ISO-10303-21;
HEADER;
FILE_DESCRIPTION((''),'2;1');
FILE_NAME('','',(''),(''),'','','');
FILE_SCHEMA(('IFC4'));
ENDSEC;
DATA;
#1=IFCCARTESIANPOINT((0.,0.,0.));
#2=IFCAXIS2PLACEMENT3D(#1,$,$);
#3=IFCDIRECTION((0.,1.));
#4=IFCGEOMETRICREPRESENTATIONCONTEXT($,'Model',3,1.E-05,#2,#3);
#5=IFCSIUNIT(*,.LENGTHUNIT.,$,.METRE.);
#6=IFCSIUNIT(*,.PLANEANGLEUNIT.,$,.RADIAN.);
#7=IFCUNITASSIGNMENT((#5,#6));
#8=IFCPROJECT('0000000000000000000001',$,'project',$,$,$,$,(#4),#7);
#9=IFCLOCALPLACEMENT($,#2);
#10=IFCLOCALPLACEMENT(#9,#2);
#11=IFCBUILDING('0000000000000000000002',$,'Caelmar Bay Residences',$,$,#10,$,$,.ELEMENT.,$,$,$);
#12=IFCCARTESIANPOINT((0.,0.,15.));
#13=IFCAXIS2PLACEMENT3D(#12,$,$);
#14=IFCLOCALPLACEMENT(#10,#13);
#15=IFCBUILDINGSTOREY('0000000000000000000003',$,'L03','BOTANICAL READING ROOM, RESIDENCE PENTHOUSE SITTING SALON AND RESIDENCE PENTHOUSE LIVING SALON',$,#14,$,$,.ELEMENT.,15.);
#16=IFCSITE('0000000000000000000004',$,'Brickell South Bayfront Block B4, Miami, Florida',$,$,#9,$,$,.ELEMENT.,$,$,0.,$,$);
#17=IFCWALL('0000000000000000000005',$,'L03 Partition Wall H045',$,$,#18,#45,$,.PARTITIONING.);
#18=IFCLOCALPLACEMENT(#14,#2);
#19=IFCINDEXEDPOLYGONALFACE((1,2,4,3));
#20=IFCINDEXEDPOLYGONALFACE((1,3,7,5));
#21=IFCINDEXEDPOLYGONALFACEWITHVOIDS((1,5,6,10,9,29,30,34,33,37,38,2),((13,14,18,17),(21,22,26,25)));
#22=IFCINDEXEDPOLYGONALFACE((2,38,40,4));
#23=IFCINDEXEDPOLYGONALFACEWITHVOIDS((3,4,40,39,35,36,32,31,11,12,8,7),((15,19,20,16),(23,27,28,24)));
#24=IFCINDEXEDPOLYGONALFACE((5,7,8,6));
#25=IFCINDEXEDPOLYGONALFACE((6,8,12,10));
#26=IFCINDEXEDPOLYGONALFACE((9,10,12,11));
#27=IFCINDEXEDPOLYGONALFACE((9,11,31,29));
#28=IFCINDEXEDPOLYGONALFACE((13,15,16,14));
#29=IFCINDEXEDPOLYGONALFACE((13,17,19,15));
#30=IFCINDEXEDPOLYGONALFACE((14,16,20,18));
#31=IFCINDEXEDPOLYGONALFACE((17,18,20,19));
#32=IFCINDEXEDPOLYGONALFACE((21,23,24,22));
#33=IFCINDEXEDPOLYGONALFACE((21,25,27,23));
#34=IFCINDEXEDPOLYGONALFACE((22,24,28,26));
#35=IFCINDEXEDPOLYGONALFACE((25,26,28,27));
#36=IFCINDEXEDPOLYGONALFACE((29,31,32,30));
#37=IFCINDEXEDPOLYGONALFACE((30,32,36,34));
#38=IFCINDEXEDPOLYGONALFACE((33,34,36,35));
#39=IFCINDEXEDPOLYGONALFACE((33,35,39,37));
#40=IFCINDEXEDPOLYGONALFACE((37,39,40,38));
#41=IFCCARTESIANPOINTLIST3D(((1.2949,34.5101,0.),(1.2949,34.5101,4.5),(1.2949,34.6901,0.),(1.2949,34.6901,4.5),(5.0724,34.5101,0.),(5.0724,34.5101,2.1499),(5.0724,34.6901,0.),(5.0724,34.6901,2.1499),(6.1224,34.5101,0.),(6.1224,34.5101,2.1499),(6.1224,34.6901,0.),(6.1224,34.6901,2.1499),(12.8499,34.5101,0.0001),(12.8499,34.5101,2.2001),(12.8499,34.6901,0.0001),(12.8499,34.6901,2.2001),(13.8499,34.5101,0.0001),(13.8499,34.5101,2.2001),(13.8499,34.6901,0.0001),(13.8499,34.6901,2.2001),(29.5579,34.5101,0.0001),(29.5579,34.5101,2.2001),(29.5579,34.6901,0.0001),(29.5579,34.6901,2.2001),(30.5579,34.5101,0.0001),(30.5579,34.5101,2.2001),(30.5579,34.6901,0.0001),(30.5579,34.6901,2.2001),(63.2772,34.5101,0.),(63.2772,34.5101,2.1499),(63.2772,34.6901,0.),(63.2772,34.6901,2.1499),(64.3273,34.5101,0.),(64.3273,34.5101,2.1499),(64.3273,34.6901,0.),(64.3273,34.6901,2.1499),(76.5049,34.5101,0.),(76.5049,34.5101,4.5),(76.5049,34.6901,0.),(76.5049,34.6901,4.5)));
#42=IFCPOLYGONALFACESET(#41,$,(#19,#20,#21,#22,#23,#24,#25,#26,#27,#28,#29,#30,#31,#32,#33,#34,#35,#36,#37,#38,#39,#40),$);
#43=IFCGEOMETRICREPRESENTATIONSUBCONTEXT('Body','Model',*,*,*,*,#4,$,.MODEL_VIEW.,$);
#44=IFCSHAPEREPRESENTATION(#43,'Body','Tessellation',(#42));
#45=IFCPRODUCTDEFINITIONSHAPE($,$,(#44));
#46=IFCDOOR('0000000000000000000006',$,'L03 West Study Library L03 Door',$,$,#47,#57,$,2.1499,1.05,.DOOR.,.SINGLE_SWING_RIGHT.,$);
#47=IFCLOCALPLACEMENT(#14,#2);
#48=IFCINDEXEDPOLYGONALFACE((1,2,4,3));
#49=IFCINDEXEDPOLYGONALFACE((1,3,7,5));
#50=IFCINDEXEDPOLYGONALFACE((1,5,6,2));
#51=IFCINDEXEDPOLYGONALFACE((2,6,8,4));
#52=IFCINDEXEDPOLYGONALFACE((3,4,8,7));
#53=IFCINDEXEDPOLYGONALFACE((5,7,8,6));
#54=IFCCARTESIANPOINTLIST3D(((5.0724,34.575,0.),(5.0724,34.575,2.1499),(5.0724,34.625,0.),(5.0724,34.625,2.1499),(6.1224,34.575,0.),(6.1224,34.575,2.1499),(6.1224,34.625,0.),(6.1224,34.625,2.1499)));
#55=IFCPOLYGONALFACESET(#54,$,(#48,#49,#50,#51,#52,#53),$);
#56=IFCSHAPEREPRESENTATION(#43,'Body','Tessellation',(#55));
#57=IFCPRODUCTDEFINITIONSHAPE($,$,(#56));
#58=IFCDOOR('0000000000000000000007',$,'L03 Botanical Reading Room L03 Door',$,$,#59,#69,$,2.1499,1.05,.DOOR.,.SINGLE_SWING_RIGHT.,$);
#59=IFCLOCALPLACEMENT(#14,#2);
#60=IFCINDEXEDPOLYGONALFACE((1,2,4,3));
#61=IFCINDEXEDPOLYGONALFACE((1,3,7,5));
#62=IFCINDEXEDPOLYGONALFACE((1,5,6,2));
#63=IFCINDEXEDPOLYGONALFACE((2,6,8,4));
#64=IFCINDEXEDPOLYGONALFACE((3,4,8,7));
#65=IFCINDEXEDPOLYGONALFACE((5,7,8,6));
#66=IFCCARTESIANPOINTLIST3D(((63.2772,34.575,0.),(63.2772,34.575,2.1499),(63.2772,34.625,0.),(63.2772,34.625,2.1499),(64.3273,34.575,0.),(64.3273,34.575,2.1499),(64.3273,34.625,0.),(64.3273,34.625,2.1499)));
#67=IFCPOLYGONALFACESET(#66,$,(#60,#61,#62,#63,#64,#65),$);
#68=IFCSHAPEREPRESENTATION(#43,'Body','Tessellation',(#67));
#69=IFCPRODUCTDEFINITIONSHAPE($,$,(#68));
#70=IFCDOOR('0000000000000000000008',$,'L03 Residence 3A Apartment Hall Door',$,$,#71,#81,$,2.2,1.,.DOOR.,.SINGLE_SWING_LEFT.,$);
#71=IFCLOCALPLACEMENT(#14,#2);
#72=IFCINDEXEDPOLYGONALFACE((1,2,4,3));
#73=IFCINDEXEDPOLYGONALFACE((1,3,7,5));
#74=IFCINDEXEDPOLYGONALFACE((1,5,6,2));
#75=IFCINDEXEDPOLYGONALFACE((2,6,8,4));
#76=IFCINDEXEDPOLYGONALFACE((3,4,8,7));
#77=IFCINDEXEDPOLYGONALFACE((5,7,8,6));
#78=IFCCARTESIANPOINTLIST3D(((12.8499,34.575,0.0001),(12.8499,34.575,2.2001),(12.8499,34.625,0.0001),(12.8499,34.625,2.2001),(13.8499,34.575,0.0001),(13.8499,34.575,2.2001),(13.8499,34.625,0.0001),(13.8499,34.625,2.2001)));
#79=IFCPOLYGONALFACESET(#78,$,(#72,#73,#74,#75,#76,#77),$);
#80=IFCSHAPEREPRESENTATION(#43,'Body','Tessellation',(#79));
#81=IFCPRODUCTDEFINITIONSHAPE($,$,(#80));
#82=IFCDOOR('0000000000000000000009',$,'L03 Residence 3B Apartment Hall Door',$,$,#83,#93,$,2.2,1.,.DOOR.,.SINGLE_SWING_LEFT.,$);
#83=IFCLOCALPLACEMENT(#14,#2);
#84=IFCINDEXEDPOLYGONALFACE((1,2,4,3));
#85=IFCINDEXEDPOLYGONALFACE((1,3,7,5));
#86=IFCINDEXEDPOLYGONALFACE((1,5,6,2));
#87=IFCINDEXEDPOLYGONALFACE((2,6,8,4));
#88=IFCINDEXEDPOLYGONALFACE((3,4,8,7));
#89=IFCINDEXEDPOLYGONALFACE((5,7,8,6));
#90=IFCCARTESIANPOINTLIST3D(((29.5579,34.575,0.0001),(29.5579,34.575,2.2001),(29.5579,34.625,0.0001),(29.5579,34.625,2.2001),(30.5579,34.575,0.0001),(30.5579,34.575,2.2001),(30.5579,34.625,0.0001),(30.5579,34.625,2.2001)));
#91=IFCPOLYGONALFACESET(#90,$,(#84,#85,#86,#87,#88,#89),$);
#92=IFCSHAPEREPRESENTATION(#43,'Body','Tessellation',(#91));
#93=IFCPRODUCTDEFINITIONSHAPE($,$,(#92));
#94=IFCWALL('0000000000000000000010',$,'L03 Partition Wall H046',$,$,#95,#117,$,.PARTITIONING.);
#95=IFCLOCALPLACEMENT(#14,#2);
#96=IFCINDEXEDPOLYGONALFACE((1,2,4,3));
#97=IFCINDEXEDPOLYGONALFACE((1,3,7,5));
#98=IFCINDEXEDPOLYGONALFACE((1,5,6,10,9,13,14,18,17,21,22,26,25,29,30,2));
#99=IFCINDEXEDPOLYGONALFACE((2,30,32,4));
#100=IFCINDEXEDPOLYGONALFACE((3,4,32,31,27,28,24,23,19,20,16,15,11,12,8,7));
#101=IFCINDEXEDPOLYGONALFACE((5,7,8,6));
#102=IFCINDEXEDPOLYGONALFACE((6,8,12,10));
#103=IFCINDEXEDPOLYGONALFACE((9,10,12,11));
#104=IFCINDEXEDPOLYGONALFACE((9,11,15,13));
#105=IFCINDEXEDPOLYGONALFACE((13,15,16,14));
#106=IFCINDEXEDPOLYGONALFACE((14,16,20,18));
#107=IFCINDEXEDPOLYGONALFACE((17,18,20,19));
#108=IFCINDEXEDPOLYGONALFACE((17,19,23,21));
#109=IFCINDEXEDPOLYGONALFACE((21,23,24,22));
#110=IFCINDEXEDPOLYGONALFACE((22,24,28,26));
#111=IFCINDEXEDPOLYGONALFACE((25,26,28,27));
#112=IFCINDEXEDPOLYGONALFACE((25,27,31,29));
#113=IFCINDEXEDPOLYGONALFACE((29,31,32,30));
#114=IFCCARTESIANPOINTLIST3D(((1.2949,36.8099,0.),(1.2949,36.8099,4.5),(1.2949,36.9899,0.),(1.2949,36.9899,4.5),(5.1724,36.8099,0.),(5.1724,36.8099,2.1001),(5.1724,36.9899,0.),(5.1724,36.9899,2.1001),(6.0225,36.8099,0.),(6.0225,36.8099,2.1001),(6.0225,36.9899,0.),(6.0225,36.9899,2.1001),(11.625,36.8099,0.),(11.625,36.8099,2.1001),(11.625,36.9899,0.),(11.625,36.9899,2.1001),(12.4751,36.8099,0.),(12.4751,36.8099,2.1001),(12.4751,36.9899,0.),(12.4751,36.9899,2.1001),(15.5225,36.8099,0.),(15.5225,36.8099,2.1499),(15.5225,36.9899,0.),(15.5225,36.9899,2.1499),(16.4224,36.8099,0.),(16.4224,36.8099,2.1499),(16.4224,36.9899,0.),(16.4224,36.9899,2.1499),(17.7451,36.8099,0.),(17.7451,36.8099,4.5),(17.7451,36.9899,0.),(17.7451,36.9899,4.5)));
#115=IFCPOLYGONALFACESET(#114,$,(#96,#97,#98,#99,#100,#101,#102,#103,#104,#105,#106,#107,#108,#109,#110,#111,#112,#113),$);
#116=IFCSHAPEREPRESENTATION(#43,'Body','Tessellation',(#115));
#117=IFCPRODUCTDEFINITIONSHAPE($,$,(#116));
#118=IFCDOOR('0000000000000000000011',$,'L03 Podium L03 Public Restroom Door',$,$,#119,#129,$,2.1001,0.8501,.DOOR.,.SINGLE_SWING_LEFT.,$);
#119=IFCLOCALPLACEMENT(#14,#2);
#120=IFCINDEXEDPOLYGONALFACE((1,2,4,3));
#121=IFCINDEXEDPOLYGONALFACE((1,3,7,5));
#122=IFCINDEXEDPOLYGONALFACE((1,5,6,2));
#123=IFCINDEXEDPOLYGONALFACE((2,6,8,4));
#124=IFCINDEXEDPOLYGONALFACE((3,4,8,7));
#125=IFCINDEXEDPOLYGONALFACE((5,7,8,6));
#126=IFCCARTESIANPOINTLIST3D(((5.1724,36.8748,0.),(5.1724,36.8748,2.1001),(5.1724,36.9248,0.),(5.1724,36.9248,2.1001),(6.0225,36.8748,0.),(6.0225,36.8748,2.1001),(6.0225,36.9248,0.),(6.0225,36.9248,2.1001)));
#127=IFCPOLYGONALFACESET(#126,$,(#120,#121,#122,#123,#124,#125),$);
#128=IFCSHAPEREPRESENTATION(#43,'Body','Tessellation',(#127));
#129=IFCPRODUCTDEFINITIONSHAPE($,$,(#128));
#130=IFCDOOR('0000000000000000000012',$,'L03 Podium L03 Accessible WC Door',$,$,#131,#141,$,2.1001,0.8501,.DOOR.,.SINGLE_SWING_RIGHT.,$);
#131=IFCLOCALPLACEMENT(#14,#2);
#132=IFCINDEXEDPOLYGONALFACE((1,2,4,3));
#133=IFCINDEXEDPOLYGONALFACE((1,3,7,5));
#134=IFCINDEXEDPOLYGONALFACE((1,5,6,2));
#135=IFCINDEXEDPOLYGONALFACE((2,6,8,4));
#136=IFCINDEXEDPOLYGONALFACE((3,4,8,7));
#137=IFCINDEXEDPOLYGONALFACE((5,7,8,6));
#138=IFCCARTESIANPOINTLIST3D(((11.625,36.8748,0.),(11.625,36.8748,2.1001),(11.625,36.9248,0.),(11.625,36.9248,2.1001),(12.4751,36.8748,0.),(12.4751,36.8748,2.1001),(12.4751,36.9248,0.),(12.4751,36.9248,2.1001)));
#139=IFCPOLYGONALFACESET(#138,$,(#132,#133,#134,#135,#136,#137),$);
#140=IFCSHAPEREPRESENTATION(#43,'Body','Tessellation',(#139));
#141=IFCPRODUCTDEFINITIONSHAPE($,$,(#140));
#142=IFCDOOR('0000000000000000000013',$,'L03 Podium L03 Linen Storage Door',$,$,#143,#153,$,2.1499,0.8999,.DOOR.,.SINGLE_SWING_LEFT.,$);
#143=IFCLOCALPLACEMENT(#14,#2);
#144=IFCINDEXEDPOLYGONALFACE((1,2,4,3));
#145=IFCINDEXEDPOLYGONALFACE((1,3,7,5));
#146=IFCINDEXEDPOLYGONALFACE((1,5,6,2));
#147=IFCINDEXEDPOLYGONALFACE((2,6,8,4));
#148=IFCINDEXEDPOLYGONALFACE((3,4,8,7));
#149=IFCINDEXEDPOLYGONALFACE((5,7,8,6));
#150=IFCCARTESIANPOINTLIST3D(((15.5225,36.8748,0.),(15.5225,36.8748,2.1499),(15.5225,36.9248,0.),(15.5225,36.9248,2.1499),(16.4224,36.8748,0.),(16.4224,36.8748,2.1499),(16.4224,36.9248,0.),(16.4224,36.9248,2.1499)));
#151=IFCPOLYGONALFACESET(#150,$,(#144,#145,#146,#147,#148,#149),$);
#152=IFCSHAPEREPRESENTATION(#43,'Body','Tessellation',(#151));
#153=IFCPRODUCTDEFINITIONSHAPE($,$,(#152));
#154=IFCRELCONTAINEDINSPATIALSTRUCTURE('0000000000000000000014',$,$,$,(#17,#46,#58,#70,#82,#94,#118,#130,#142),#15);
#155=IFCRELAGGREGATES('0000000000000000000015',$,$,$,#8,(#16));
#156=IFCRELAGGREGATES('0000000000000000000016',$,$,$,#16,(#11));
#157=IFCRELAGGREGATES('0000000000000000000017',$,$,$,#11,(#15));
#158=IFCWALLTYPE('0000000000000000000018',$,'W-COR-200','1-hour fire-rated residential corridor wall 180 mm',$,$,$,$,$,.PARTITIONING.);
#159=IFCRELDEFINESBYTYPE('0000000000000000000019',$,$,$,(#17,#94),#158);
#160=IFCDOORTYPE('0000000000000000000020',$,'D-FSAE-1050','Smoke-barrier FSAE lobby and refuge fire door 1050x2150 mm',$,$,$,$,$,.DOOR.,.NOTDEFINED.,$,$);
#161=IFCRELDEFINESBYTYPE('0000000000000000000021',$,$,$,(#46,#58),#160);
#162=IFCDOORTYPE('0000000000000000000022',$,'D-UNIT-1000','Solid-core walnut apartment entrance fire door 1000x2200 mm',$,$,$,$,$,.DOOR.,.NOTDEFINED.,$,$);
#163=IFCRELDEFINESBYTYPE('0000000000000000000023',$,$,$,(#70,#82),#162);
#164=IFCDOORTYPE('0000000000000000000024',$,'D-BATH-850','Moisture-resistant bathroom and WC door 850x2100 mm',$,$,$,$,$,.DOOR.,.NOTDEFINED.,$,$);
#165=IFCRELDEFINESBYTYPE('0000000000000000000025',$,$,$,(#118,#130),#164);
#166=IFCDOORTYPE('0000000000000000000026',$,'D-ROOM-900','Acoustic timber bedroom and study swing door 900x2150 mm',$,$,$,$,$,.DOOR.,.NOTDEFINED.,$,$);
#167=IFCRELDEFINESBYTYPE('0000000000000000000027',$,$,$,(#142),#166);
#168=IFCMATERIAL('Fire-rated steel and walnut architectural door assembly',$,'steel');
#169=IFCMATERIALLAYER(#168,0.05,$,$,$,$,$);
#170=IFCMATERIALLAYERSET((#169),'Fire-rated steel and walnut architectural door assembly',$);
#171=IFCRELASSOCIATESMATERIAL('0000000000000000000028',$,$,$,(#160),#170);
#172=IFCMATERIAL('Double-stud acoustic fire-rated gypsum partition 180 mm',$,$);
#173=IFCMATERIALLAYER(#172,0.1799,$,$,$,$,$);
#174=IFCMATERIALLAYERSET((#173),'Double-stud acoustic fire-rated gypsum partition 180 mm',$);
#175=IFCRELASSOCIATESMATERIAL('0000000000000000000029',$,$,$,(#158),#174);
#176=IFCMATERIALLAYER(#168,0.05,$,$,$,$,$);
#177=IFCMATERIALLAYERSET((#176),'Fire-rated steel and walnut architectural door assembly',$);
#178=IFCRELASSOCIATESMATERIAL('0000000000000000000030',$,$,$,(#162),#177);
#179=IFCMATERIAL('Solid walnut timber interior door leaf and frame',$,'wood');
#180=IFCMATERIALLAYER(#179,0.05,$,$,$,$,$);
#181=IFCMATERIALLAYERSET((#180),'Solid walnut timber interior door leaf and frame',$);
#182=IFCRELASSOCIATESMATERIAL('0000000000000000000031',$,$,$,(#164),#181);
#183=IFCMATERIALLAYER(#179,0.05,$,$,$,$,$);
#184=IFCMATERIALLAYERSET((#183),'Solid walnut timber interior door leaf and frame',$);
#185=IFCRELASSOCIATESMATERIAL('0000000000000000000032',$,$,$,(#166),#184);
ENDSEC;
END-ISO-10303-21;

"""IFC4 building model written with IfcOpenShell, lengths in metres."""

from ifc_helpers import new_model, si_unit, direction, frame, frame_2d, origin, place, context, subcontext, project, spatial, rectangle, extrude, material, layer, layer_set, type_object, element, fill, save


model = new_model("IFC4")

# Units and contexts
model_context = context("Model", 3, precision=1e-05, world=origin(), true_north=direction((0.0, 1.0)))
body_context = subcontext(model_context, "Body", "Model", "MODEL_VIEW")
ifc_project = project(units=[si_unit("LENGTHUNIT", "METRE"), si_unit("PLANEANGLEUNIT", "RADIAN")], contexts=[model_context])

# Site, building, storey
site_placement = place(None, origin())
site = spatial("IfcSite", under=ifc_project, at=site_placement, Name="Brickell South Bayfront Block B4, Miami, Florida", CompositionType="ELEMENT", RefElevation=0.0)
building_placement = place(site_placement, origin())
building = spatial("IfcBuilding", under=site, at=building_placement, Name="Caelmar Bay Residences", CompositionType="ELEMENT")
storey_placement = place(building_placement, frame((0.0, 0.0, 15.0)))
storey = spatial("IfcBuildingStorey", under=building, at=storey_placement, Name="L03", Description="BOTANICAL READING ROOM, RESIDENCE PENTHOUSE SITTING SALON AND RESIDENCE PENTHOUSE LIVING SALON", CompositionType="ELEMENT", Elevation=15.0)

# Shared definitions
ifc_material_1 = material(Name="Fire-rated steel and walnut architectural door assembly", Category="steel")
ifc_layer_1 = layer(ifc_material_1, 0.05)
ifc_layer_set_1 = layer_set([ifc_layer_1], Name="Fire-rated steel and walnut architectural door assembly")
door_type_1 = type_object("IfcDoorType", Name="D-FSAE-1050", Description="Smoke-barrier FSAE lobby and refuge fire door 1050x2150 mm", OperationType="NOTDEFINED", PredefinedType="DOOR", material=ifc_layer_set_1)

# Walls, openings, doors
ifc_material_2 = material(Name="Double-stud acoustic fire-rated gypsum partition 180 mm")
ifc_layer_2 = layer(ifc_material_2, 0.1799)
ifc_layer_set_2 = layer_set([ifc_layer_2], Name="Double-stud acoustic fire-rated gypsum partition 180 mm")
wall_type_1 = type_object("IfcWallType", Name="W-COR-200", Description="1-hour fire-rated residential corridor wall 180 mm", PredefinedType="PARTITIONING", material=ifc_layer_set_2)
wall_1_placement = place(storey_placement, frame((1.2949, 34.6001, 0.0), z_axis=(0.0, 0.0, 1.0), x_axis=(1.0, 0.0, 0.0)))
wall_1 = element("IfcWall", 1, at=wall_1_placement, inside=storey, type_object=wall_type_1, Name="L03 Partition Wall H045", PredefinedType="PARTITIONING", context=body_context, shape_type="SweptSolid", body=[
    extrude(rectangle(XDim=75.21, YDim=0.1799, at=frame_2d((37.605, 0.0))), origin(), (0.0, 0.0, 1.0), 4.5),
])
opening_1_placement = place(wall_1_placement, frame((3.7776, 0.0, 0.0)))
opening_1 = element("IfcOpeningElement", 2, at=opening_1_placement, cuts=wall_1, PredefinedType="OPENING", context=body_context, shape_type="SweptSolid", body=[
    extrude(rectangle(XDim=1.05, YDim=2.1499, at=frame_2d((0.5249, 1.075))), frame((0.0, 0.0999, 0.0), z_axis=(0.0, -1.0, 0.0), x_axis=(1.0, 0.0, 0.0)), (0.0, 0.0, 1.0), 0.2),
])
opening_2_placement = place(wall_1_placement, frame((11.5549, 0.0, 0.0)))
opening_2 = element("IfcOpeningElement", 3, at=opening_2_placement, cuts=wall_1, PredefinedType="OPENING", context=body_context, shape_type="SweptSolid", body=[
    extrude(rectangle(XDim=1.0, YDim=2.2, at=frame_2d((0.5, 1.1001))), frame((0.0, 0.0999, 0.0), z_axis=(0.0, -1.0, 0.0), x_axis=(1.0, 0.0, 0.0)), (0.0, 0.0, 1.0), 0.2),
])
opening_3_placement = place(wall_1_placement, frame((28.2629, 0.0, 0.0)))
opening_3 = element("IfcOpeningElement", 4, at=opening_3_placement, cuts=wall_1, PredefinedType="OPENING", context=body_context, shape_type="SweptSolid", body=[
    extrude(rectangle(XDim=1.0, YDim=2.2, at=frame_2d((0.5, 1.1001))), frame((0.0, 0.0999, 0.0), z_axis=(0.0, -1.0, 0.0), x_axis=(1.0, 0.0, 0.0)), (0.0, 0.0, 1.0), 0.2),
])
opening_4_placement = place(wall_1_placement, frame((61.9824, 0.0, 0.0)))
opening_4 = element("IfcOpeningElement", 5, at=opening_4_placement, cuts=wall_1, PredefinedType="OPENING", context=body_context, shape_type="SweptSolid", body=[
    extrude(rectangle(XDim=1.05, YDim=2.1499, at=frame_2d((0.5249, 1.075))), frame((0.0, 0.0999, 0.0), z_axis=(0.0, -1.0, 0.0), x_axis=(1.0, 0.0, 0.0)), (0.0, 0.0, 1.0), 0.2),
])
door_1_placement = place(opening_1_placement, origin())
door_1 = element("IfcDoor", 6, at=door_1_placement, inside=storey, type_object=door_type_1, Name="L03 West Study Library L03 Door", OperationType="SINGLE_SWING_RIGHT", OverallHeight=2.1499, OverallWidth=1.05, PredefinedType="DOOR", context=body_context, shape_type="SweptSolid", body=[
    extrude(rectangle(XDim=1.05, YDim=2.1499, at=frame_2d((0.5249, 1.075))), frame((0.0, 0.0249, 0.0), z_axis=(0.0, -1.0, 0.0), x_axis=(1.0, 0.0, 0.0)), (0.0, 0.0, 1.0), 0.05),
])
fill(opening_1, door_1)
door_2_placement = place(opening_4_placement, origin())
door_2 = element("IfcDoor", 7, at=door_2_placement, inside=storey, type_object=door_type_1, Name="L03 Botanical Reading Room L03 Door", OperationType="SINGLE_SWING_RIGHT", OverallHeight=2.1499, OverallWidth=1.05, PredefinedType="DOOR", context=body_context, shape_type="SweptSolid", body=[
    extrude(rectangle(XDim=1.05, YDim=2.1499, at=frame_2d((0.5249, 1.075))), frame((0.0, 0.0249, 0.0), z_axis=(0.0, -1.0, 0.0), x_axis=(1.0, 0.0, 0.0)), (0.0, 0.0, 1.0), 0.05),
])
fill(opening_4, door_2)
ifc_layer_3 = layer(ifc_material_1, 0.05)
ifc_layer_set_3 = layer_set([ifc_layer_3], Name="Fire-rated steel and walnut architectural door assembly")
door_type_2 = type_object("IfcDoorType", Name="D-UNIT-1000", Description="Solid-core walnut apartment entrance fire door 1000x2200 mm", OperationType="NOTDEFINED", PredefinedType="DOOR", material=ifc_layer_set_3)
door_3_placement = place(opening_2_placement, origin())
door_3 = element("IfcDoor", 8, at=door_3_placement, inside=storey, type_object=door_type_2, Name="L03 Residence 3A Apartment Hall Door", OperationType="SINGLE_SWING_LEFT", OverallHeight=2.2, OverallWidth=1.0, PredefinedType="DOOR", context=body_context, shape_type="SweptSolid", body=[
    extrude(rectangle(XDim=1.0, YDim=2.2, at=frame_2d((0.5, 1.1001))), frame((0.0, 0.0249, 0.0), z_axis=(0.0, -1.0, 0.0), x_axis=(1.0, 0.0, 0.0)), (0.0, 0.0, 1.0), 0.05),
])
fill(opening_2, door_3)
door_4_placement = place(opening_3_placement, origin())
door_4 = element("IfcDoor", 9, at=door_4_placement, inside=storey, type_object=door_type_2, Name="L03 Residence 3B Apartment Hall Door", OperationType="SINGLE_SWING_LEFT", OverallHeight=2.2, OverallWidth=1.0, PredefinedType="DOOR", context=body_context, shape_type="SweptSolid", body=[
    extrude(rectangle(XDim=1.0, YDim=2.2, at=frame_2d((0.5, 1.1001))), frame((0.0, 0.0249, 0.0), z_axis=(0.0, -1.0, 0.0), x_axis=(1.0, 0.0, 0.0)), (0.0, 0.0, 1.0), 0.05),
])
fill(opening_3, door_4)
wall_2_placement = place(storey_placement, frame((1.2949, 36.8999, 0.0), z_axis=(0.0, 0.0, 1.0), x_axis=(1.0, 0.0, 0.0)))
wall_2 = element("IfcWall", 10, at=wall_2_placement, inside=storey, type_object=wall_type_1, Name="L03 Partition Wall H046", PredefinedType="PARTITIONING", context=body_context, shape_type="SweptSolid", body=[
    extrude(rectangle(XDim=16.4502, YDim=0.1799, at=frame_2d((8.2251, 0.0))), origin(), (0.0, 0.0, 1.0), 4.5),
])
opening_5_placement = place(wall_2_placement, frame((3.8774, 0.0, 0.0)))
opening_5 = element("IfcOpeningElement", 11, at=opening_5_placement, cuts=wall_2, PredefinedType="OPENING", context=body_context, shape_type="SweptSolid", body=[
    extrude(rectangle(XDim=0.8501, YDim=2.1001, at=frame_2d((0.425, 1.05))), frame((0.0, 0.0999, 0.0), z_axis=(0.0, -1.0, 0.0), x_axis=(1.0, 0.0, 0.0)), (0.0, 0.0, 1.0), 0.2),
])
opening_6_placement = place(wall_2_placement, frame((10.3301, 0.0, 0.0)))
opening_6 = element("IfcOpeningElement", 12, at=opening_6_placement, cuts=wall_2, PredefinedType="OPENING", context=body_context, shape_type="SweptSolid", body=[
    extrude(rectangle(XDim=0.8501, YDim=2.1001, at=frame_2d((0.425, 1.05))), frame((0.0, 0.0999, 0.0), z_axis=(0.0, -1.0, 0.0), x_axis=(1.0, 0.0, 0.0)), (0.0, 0.0, 1.0), 0.2),
])
opening_7_placement = place(wall_2_placement, frame((14.2275, 0.0, 0.0)))
opening_7 = element("IfcOpeningElement", 13, at=opening_7_placement, cuts=wall_2, PredefinedType="OPENING", context=body_context, shape_type="SweptSolid", body=[
    extrude(rectangle(XDim=0.8999, YDim=2.1499, at=frame_2d((0.45, 1.075))), frame((0.0, 0.0999, 0.0), z_axis=(0.0, -1.0, 0.0), x_axis=(1.0, 0.0, 0.0)), (0.0, 0.0, 1.0), 0.2),
])
ifc_material_3 = material(Name="Solid walnut timber interior door leaf and frame", Category="wood")
ifc_layer_4 = layer(ifc_material_3, 0.05)
ifc_layer_set_4 = layer_set([ifc_layer_4], Name="Solid walnut timber interior door leaf and frame")
door_type_3 = type_object("IfcDoorType", Name="D-BATH-850", Description="Moisture-resistant bathroom and WC door 850x2100 mm", OperationType="NOTDEFINED", PredefinedType="DOOR", material=ifc_layer_set_4)
door_5_placement = place(opening_5_placement, origin())
door_5 = element("IfcDoor", 14, at=door_5_placement, inside=storey, type_object=door_type_3, Name="L03 Podium L03 Public Restroom Door", OperationType="SINGLE_SWING_LEFT", OverallHeight=2.1001, OverallWidth=0.8501, PredefinedType="DOOR", context=body_context, shape_type="SweptSolid", body=[
    extrude(rectangle(XDim=0.8501, YDim=2.1001, at=frame_2d((0.425, 1.05))), frame((0.0, 0.0249, 0.0), z_axis=(0.0, -1.0, 0.0), x_axis=(1.0, 0.0, 0.0)), (0.0, 0.0, 1.0), 0.05),
])
fill(opening_5, door_5)
door_6_placement = place(opening_6_placement, origin())
door_6 = element("IfcDoor", 15, at=door_6_placement, inside=storey, type_object=door_type_3, Name="L03 Podium L03 Accessible WC Door", OperationType="SINGLE_SWING_RIGHT", OverallHeight=2.1001, OverallWidth=0.8501, PredefinedType="DOOR", context=body_context, shape_type="SweptSolid", body=[
    extrude(rectangle(XDim=0.8501, YDim=2.1001, at=frame_2d((0.425, 1.05))), frame((0.0, 0.0249, 0.0), z_axis=(0.0, -1.0, 0.0), x_axis=(1.0, 0.0, 0.0)), (0.0, 0.0, 1.0), 0.05),
])
fill(opening_6, door_6)
ifc_layer_5 = layer(ifc_material_3, 0.05)
ifc_layer_set_5 = layer_set([ifc_layer_5], Name="Solid walnut timber interior door leaf and frame")
door_type_4 = type_object("IfcDoorType", Name="D-ROOM-900", Description="Acoustic timber bedroom and study swing door 900x2150 mm", OperationType="NOTDEFINED", PredefinedType="DOOR", material=ifc_layer_set_5)
door_7_placement = place(opening_7_placement, origin())
door_7 = element("IfcDoor", 16, at=door_7_placement, inside=storey, type_object=door_type_4, Name="L03 Podium L03 Linen Storage Door", OperationType="SINGLE_SWING_LEFT", OverallHeight=2.1499, OverallWidth=0.8999, PredefinedType="DOOR", context=body_context, shape_type="SweptSolid", body=[
    extrude(rectangle(XDim=0.8999, YDim=2.1499, at=frame_2d((0.45, 1.075))), frame((0.0, 0.0249, 0.0), z_axis=(0.0, -1.0, 0.0), x_axis=(1.0, 0.0, 0.0)), (0.0, 0.0, 1.0), 0.05),
])
fill(opening_7, door_7)

save(model, "model.ifc")
